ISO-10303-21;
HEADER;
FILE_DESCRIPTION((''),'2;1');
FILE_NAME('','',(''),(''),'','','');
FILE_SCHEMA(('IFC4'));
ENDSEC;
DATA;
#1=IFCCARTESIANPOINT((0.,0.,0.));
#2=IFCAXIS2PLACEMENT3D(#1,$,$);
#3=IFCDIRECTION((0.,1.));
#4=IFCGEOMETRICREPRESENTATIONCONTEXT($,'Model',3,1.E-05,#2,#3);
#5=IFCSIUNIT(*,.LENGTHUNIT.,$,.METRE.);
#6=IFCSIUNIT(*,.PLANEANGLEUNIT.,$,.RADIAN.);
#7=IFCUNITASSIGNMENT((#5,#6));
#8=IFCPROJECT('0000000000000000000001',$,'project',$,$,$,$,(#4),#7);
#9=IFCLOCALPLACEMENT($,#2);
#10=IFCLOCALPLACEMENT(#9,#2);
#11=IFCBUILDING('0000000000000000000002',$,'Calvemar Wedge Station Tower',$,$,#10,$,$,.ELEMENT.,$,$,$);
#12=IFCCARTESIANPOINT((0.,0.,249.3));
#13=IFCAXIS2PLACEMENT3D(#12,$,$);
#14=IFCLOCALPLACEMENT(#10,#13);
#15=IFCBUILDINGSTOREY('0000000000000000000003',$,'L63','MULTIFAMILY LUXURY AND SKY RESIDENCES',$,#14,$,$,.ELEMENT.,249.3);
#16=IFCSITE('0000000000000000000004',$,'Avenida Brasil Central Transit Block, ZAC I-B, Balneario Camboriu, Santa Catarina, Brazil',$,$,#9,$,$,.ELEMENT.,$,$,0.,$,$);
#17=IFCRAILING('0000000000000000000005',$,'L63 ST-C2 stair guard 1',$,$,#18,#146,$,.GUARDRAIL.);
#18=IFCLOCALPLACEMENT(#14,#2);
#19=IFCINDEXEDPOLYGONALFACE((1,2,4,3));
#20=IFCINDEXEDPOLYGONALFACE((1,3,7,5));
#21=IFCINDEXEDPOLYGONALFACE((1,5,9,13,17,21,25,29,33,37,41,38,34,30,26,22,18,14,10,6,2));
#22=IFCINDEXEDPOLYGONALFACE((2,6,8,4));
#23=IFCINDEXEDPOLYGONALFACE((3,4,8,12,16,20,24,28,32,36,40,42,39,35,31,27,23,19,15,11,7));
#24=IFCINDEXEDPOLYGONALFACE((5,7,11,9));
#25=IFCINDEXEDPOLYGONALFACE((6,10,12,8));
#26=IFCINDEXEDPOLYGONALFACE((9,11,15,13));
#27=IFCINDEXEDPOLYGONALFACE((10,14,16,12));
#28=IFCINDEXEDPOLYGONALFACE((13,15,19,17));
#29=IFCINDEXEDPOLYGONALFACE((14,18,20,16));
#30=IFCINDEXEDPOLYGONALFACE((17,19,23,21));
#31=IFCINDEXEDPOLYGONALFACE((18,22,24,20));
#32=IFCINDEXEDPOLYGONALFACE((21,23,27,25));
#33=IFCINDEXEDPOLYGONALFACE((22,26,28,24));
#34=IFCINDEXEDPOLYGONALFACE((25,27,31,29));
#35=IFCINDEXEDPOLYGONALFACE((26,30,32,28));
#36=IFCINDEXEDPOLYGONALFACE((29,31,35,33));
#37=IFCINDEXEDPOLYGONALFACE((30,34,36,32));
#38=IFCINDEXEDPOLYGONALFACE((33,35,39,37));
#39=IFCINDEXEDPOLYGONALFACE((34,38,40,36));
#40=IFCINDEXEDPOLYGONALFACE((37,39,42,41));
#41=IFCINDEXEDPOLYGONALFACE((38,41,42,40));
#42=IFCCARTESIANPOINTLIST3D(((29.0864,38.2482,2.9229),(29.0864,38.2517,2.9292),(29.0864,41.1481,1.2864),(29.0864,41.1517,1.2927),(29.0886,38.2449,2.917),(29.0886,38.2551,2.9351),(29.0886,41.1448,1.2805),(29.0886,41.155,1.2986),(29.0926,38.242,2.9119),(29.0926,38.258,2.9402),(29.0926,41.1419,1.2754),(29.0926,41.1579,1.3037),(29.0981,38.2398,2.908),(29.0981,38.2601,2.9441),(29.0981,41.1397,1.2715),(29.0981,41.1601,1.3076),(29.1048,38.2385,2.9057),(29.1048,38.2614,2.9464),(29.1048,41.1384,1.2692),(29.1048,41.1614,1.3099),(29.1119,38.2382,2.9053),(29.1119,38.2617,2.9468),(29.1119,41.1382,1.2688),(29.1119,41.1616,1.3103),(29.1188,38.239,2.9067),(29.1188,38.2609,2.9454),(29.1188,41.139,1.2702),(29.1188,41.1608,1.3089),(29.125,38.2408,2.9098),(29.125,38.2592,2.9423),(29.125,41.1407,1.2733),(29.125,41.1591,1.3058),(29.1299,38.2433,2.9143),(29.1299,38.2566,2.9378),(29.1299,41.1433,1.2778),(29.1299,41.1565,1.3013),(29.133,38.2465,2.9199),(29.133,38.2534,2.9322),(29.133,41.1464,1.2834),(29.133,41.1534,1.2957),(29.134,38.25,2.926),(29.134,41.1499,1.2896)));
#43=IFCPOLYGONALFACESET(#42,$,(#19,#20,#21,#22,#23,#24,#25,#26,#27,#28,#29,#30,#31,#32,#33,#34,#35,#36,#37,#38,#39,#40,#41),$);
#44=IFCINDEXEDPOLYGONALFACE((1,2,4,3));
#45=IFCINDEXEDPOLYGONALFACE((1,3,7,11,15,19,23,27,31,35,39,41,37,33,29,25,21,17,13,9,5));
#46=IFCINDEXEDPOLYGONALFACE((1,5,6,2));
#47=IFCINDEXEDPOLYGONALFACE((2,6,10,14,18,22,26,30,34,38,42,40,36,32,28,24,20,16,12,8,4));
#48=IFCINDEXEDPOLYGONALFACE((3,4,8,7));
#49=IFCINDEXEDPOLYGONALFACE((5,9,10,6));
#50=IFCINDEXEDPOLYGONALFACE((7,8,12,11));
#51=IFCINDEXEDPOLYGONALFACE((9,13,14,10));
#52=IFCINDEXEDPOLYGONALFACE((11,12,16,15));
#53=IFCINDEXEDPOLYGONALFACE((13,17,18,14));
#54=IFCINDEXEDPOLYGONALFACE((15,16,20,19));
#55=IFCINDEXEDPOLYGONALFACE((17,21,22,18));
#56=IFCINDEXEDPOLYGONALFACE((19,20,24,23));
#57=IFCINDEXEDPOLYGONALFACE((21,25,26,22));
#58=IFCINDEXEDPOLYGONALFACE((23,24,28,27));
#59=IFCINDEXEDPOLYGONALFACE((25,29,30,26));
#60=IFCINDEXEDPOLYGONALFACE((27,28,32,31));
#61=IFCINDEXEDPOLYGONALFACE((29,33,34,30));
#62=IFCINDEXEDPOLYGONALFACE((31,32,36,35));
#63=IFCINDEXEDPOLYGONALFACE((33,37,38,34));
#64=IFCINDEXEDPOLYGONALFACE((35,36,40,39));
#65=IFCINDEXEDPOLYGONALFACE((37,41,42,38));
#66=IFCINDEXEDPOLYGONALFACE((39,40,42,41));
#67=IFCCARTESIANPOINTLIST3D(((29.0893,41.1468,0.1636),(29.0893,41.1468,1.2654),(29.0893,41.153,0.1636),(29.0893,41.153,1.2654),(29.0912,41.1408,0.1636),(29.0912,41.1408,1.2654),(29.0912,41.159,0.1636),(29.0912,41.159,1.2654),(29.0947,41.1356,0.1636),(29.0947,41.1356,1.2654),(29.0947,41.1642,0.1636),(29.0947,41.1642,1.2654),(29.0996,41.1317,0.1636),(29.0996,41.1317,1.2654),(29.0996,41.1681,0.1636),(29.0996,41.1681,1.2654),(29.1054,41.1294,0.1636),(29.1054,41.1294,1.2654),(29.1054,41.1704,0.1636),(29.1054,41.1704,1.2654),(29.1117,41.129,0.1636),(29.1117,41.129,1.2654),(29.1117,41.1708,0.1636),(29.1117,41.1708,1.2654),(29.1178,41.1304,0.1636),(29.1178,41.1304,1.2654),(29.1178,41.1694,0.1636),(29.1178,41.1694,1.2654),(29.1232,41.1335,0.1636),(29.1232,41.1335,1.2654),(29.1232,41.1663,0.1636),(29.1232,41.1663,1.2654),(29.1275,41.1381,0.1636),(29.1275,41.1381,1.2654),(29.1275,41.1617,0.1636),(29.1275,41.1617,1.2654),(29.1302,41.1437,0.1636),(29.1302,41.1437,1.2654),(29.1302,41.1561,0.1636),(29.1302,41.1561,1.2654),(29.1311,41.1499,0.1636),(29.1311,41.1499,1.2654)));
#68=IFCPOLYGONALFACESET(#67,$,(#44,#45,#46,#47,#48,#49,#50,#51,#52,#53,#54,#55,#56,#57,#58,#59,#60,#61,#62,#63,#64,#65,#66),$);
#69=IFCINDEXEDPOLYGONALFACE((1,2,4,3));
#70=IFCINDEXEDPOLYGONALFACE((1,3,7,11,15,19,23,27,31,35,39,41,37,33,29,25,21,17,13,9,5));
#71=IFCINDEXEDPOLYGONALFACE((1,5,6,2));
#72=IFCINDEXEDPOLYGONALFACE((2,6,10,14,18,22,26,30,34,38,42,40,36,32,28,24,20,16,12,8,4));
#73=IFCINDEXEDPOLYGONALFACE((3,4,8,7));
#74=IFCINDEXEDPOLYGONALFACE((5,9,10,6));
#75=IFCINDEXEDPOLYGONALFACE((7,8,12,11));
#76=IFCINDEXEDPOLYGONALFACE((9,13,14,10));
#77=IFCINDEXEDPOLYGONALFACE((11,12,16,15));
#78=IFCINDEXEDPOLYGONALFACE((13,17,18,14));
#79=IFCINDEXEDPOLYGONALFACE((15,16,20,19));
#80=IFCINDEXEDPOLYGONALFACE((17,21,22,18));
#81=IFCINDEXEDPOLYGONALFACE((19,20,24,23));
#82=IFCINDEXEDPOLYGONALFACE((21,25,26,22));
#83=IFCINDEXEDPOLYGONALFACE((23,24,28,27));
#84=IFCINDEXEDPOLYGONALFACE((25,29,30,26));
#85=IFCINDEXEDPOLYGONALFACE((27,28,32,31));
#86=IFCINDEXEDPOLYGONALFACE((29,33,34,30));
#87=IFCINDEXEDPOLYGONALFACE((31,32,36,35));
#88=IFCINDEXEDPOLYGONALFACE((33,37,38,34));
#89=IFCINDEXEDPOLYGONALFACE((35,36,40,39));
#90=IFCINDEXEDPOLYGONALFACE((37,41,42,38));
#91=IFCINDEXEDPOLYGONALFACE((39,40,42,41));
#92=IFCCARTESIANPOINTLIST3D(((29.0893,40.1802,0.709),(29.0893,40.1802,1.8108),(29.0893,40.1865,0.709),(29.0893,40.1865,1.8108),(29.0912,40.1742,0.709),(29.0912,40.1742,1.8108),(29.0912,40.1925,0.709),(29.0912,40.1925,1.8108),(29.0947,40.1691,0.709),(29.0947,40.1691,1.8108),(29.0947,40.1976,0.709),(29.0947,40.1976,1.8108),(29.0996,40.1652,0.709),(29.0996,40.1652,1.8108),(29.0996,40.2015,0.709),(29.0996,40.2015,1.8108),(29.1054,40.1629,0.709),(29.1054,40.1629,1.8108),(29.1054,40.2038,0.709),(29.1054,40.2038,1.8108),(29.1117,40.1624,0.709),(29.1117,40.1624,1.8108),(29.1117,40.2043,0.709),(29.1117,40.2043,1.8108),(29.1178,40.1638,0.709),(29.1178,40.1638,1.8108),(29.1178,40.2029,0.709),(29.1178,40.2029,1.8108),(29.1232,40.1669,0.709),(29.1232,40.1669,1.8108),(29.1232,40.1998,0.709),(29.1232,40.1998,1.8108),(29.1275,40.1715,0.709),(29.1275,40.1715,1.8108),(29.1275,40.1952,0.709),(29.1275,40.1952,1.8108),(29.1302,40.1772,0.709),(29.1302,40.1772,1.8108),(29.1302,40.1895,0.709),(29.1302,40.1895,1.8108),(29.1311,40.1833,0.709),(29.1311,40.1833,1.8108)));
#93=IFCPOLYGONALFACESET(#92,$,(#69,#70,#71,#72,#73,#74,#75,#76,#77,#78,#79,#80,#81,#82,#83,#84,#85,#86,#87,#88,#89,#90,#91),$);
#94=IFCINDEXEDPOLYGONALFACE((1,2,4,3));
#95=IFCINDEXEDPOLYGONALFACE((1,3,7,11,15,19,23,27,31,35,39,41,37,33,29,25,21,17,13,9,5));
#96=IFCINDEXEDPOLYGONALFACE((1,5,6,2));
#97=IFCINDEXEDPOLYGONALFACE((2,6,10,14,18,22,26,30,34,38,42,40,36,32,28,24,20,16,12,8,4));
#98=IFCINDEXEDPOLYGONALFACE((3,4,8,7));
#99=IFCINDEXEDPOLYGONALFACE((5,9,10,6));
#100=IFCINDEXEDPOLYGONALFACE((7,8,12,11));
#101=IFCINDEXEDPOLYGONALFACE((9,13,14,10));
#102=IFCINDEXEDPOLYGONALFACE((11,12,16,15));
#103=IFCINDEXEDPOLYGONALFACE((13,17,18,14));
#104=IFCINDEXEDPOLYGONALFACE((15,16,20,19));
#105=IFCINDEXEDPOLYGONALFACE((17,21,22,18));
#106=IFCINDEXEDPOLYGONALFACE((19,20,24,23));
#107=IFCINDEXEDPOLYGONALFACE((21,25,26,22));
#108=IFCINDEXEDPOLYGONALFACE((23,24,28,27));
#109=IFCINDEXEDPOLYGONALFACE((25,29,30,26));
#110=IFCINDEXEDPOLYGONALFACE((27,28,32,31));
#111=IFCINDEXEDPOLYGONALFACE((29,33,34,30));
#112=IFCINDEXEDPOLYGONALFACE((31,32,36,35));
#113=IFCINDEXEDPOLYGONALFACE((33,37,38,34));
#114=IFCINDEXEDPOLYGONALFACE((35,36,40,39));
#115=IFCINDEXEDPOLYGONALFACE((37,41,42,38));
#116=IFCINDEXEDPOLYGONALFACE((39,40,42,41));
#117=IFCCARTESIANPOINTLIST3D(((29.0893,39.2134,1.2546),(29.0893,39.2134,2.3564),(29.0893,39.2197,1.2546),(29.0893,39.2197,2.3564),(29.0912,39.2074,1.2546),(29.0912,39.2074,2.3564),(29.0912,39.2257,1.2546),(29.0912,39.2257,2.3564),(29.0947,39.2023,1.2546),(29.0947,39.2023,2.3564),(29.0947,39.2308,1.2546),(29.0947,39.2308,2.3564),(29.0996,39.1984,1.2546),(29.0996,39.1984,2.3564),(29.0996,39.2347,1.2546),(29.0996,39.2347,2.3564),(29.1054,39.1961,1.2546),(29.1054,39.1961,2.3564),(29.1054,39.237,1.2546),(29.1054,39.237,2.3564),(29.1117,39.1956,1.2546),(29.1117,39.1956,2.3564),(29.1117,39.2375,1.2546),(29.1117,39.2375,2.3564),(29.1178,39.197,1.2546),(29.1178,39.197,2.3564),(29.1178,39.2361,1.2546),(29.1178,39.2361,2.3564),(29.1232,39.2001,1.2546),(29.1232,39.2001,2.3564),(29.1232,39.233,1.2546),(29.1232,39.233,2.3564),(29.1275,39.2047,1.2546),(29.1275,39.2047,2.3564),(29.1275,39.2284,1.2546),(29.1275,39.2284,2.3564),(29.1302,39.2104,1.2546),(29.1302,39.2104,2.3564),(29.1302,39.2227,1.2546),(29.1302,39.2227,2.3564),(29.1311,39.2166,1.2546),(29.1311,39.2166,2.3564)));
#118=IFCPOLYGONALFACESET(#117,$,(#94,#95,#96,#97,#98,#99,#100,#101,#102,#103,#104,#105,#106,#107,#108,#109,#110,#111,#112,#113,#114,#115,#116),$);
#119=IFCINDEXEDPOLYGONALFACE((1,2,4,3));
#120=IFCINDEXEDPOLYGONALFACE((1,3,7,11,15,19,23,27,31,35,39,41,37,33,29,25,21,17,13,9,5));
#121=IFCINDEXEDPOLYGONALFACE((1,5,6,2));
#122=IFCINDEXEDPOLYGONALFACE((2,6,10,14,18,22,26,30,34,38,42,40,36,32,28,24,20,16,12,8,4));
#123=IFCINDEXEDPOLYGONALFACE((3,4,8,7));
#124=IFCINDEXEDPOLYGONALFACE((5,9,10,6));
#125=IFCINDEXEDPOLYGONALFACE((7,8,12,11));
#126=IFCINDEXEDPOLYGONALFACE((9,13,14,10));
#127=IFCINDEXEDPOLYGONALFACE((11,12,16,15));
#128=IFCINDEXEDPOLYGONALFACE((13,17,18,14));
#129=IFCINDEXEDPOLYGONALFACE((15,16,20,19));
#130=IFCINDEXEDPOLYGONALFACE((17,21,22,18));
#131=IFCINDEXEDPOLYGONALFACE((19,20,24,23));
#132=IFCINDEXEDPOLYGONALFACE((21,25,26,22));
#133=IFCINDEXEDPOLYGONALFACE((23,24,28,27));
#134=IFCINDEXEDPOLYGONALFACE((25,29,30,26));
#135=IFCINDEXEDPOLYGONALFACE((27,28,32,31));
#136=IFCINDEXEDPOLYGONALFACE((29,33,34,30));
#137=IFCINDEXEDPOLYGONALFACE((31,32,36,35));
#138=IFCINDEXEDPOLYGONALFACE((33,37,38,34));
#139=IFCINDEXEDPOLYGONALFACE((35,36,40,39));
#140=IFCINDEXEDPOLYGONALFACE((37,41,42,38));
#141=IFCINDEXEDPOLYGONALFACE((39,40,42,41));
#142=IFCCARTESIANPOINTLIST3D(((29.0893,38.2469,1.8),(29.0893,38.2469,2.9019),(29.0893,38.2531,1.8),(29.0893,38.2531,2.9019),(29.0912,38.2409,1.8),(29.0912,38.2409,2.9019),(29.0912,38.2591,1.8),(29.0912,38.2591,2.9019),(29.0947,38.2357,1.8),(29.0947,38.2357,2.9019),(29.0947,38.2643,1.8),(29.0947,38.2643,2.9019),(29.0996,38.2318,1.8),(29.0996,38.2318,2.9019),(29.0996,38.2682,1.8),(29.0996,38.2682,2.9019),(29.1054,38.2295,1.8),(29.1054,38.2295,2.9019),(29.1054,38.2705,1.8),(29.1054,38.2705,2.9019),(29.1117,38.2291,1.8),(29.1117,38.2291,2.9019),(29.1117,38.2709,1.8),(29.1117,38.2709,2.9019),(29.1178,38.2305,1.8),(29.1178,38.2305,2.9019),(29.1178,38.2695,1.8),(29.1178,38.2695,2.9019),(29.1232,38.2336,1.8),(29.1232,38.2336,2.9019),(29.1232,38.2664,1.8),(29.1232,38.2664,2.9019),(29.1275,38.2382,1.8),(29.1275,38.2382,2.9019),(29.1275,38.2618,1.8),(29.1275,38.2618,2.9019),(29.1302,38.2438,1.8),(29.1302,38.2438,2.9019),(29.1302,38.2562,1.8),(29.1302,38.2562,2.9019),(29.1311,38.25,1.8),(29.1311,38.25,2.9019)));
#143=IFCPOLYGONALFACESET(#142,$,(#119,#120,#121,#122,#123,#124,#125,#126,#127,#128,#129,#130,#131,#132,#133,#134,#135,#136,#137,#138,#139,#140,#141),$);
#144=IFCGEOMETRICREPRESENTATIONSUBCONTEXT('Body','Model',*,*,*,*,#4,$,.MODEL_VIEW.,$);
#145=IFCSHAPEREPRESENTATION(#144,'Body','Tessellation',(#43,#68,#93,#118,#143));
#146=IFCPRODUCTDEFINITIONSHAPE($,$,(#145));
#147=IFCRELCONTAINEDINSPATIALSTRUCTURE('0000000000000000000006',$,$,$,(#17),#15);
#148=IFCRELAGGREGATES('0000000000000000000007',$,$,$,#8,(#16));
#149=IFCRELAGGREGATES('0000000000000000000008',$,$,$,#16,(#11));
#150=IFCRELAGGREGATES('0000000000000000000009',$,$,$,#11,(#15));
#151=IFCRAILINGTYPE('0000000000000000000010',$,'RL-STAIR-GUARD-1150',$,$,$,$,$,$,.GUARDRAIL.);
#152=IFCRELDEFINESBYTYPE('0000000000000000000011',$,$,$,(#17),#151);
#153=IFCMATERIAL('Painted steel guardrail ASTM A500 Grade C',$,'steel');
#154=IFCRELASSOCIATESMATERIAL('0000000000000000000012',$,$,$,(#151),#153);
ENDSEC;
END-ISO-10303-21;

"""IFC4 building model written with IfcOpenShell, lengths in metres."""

from ifc_helpers import new_model, si_unit, direction, frame, origin, origin_2d, place, context, subcontext, project, spatial, circle, extrude, material, type_object, element, save


model = new_model("IFC4")

# Units and contexts
model_context = context("Model", 3, precision=1e-05, world=origin(), true_north=direction((0.0, 1.0)))
body_context = subcontext(model_context, "Body", "Model", "MODEL_VIEW")
ifc_project = project(units=[si_unit("LENGTHUNIT", "METRE"), si_unit("PLANEANGLEUNIT", "RADIAN")], contexts=[model_context])

# Site, building, storey
site_placement = place(None, origin())
site = spatial("IfcSite", under=ifc_project, at=site_placement, Name="Avenida Brasil Central Transit Block, ZAC I-B, Balneario Camboriu, Santa Catarina, Brazil", CompositionType="ELEMENT", RefElevation=0.0)
building_placement = place(site_placement, origin())
building = spatial("IfcBuilding", under=site, at=building_placement, Name="Calvemar Wedge Station Tower", CompositionType="ELEMENT")
storey_placement = place(building_placement, frame((0.0, 0.0, 249.3)))
storey = spatial("IfcBuildingStorey", under=building, at=storey_placement, Name="L63", Description="MULTIFAMILY LUXURY AND SKY RESIDENCES", CompositionType="ELEMENT", Elevation=249.3)

# Railing
ifc_material_1 = material(Name="Painted steel guardrail ASTM A500 Grade C", Category="steel")
railing_type_1 = type_object("IfcRailingType", Name="RL-STAIR-GUARD-1150", PredefinedType="GUARDRAIL", material=ifc_material_1)
railing_1_placement = place(storey_placement, frame((29.1101, 41.1499, 0.1636)))
element("IfcRailing", 1, at=railing_1_placement, inside=storey, type_object=railing_type_1, Name="L63 ST-C2 stair guard 1", PredefinedType="GUARDRAIL", context=body_context, shape_type="SweptSolid", body=[
    extrude(circle(Radius=0.0239, at=origin_2d()), frame((0.0, 0.0, 1.126), z_axis=(0.0, -0.870897, 0.491465), x_axis=(1.0, 0.0, 0.0)), (0.0, 0.0, 1.0), 3.3298),
    extrude(circle(Radius=0.021, at=origin_2d()), origin(), (0.0, 0.0, 1.0), 1.1018),
    extrude(circle(Radius=0.021, at=origin_2d()), frame((0.0, -0.9666, 0.5454)), (0.0, 0.0, 1.0), 1.1018),
    extrude(circle(Radius=0.021, at=origin_2d()), frame((0.0, -1.9333, 1.0911)), (0.0, 0.0, 1.0), 1.1018),
    extrude(circle(Radius=0.021, at=origin_2d()), frame((0.0, -2.8999, 1.6365)), (0.0, 0.0, 1.0), 1.1018),
])

save(model, "model.ifc")
